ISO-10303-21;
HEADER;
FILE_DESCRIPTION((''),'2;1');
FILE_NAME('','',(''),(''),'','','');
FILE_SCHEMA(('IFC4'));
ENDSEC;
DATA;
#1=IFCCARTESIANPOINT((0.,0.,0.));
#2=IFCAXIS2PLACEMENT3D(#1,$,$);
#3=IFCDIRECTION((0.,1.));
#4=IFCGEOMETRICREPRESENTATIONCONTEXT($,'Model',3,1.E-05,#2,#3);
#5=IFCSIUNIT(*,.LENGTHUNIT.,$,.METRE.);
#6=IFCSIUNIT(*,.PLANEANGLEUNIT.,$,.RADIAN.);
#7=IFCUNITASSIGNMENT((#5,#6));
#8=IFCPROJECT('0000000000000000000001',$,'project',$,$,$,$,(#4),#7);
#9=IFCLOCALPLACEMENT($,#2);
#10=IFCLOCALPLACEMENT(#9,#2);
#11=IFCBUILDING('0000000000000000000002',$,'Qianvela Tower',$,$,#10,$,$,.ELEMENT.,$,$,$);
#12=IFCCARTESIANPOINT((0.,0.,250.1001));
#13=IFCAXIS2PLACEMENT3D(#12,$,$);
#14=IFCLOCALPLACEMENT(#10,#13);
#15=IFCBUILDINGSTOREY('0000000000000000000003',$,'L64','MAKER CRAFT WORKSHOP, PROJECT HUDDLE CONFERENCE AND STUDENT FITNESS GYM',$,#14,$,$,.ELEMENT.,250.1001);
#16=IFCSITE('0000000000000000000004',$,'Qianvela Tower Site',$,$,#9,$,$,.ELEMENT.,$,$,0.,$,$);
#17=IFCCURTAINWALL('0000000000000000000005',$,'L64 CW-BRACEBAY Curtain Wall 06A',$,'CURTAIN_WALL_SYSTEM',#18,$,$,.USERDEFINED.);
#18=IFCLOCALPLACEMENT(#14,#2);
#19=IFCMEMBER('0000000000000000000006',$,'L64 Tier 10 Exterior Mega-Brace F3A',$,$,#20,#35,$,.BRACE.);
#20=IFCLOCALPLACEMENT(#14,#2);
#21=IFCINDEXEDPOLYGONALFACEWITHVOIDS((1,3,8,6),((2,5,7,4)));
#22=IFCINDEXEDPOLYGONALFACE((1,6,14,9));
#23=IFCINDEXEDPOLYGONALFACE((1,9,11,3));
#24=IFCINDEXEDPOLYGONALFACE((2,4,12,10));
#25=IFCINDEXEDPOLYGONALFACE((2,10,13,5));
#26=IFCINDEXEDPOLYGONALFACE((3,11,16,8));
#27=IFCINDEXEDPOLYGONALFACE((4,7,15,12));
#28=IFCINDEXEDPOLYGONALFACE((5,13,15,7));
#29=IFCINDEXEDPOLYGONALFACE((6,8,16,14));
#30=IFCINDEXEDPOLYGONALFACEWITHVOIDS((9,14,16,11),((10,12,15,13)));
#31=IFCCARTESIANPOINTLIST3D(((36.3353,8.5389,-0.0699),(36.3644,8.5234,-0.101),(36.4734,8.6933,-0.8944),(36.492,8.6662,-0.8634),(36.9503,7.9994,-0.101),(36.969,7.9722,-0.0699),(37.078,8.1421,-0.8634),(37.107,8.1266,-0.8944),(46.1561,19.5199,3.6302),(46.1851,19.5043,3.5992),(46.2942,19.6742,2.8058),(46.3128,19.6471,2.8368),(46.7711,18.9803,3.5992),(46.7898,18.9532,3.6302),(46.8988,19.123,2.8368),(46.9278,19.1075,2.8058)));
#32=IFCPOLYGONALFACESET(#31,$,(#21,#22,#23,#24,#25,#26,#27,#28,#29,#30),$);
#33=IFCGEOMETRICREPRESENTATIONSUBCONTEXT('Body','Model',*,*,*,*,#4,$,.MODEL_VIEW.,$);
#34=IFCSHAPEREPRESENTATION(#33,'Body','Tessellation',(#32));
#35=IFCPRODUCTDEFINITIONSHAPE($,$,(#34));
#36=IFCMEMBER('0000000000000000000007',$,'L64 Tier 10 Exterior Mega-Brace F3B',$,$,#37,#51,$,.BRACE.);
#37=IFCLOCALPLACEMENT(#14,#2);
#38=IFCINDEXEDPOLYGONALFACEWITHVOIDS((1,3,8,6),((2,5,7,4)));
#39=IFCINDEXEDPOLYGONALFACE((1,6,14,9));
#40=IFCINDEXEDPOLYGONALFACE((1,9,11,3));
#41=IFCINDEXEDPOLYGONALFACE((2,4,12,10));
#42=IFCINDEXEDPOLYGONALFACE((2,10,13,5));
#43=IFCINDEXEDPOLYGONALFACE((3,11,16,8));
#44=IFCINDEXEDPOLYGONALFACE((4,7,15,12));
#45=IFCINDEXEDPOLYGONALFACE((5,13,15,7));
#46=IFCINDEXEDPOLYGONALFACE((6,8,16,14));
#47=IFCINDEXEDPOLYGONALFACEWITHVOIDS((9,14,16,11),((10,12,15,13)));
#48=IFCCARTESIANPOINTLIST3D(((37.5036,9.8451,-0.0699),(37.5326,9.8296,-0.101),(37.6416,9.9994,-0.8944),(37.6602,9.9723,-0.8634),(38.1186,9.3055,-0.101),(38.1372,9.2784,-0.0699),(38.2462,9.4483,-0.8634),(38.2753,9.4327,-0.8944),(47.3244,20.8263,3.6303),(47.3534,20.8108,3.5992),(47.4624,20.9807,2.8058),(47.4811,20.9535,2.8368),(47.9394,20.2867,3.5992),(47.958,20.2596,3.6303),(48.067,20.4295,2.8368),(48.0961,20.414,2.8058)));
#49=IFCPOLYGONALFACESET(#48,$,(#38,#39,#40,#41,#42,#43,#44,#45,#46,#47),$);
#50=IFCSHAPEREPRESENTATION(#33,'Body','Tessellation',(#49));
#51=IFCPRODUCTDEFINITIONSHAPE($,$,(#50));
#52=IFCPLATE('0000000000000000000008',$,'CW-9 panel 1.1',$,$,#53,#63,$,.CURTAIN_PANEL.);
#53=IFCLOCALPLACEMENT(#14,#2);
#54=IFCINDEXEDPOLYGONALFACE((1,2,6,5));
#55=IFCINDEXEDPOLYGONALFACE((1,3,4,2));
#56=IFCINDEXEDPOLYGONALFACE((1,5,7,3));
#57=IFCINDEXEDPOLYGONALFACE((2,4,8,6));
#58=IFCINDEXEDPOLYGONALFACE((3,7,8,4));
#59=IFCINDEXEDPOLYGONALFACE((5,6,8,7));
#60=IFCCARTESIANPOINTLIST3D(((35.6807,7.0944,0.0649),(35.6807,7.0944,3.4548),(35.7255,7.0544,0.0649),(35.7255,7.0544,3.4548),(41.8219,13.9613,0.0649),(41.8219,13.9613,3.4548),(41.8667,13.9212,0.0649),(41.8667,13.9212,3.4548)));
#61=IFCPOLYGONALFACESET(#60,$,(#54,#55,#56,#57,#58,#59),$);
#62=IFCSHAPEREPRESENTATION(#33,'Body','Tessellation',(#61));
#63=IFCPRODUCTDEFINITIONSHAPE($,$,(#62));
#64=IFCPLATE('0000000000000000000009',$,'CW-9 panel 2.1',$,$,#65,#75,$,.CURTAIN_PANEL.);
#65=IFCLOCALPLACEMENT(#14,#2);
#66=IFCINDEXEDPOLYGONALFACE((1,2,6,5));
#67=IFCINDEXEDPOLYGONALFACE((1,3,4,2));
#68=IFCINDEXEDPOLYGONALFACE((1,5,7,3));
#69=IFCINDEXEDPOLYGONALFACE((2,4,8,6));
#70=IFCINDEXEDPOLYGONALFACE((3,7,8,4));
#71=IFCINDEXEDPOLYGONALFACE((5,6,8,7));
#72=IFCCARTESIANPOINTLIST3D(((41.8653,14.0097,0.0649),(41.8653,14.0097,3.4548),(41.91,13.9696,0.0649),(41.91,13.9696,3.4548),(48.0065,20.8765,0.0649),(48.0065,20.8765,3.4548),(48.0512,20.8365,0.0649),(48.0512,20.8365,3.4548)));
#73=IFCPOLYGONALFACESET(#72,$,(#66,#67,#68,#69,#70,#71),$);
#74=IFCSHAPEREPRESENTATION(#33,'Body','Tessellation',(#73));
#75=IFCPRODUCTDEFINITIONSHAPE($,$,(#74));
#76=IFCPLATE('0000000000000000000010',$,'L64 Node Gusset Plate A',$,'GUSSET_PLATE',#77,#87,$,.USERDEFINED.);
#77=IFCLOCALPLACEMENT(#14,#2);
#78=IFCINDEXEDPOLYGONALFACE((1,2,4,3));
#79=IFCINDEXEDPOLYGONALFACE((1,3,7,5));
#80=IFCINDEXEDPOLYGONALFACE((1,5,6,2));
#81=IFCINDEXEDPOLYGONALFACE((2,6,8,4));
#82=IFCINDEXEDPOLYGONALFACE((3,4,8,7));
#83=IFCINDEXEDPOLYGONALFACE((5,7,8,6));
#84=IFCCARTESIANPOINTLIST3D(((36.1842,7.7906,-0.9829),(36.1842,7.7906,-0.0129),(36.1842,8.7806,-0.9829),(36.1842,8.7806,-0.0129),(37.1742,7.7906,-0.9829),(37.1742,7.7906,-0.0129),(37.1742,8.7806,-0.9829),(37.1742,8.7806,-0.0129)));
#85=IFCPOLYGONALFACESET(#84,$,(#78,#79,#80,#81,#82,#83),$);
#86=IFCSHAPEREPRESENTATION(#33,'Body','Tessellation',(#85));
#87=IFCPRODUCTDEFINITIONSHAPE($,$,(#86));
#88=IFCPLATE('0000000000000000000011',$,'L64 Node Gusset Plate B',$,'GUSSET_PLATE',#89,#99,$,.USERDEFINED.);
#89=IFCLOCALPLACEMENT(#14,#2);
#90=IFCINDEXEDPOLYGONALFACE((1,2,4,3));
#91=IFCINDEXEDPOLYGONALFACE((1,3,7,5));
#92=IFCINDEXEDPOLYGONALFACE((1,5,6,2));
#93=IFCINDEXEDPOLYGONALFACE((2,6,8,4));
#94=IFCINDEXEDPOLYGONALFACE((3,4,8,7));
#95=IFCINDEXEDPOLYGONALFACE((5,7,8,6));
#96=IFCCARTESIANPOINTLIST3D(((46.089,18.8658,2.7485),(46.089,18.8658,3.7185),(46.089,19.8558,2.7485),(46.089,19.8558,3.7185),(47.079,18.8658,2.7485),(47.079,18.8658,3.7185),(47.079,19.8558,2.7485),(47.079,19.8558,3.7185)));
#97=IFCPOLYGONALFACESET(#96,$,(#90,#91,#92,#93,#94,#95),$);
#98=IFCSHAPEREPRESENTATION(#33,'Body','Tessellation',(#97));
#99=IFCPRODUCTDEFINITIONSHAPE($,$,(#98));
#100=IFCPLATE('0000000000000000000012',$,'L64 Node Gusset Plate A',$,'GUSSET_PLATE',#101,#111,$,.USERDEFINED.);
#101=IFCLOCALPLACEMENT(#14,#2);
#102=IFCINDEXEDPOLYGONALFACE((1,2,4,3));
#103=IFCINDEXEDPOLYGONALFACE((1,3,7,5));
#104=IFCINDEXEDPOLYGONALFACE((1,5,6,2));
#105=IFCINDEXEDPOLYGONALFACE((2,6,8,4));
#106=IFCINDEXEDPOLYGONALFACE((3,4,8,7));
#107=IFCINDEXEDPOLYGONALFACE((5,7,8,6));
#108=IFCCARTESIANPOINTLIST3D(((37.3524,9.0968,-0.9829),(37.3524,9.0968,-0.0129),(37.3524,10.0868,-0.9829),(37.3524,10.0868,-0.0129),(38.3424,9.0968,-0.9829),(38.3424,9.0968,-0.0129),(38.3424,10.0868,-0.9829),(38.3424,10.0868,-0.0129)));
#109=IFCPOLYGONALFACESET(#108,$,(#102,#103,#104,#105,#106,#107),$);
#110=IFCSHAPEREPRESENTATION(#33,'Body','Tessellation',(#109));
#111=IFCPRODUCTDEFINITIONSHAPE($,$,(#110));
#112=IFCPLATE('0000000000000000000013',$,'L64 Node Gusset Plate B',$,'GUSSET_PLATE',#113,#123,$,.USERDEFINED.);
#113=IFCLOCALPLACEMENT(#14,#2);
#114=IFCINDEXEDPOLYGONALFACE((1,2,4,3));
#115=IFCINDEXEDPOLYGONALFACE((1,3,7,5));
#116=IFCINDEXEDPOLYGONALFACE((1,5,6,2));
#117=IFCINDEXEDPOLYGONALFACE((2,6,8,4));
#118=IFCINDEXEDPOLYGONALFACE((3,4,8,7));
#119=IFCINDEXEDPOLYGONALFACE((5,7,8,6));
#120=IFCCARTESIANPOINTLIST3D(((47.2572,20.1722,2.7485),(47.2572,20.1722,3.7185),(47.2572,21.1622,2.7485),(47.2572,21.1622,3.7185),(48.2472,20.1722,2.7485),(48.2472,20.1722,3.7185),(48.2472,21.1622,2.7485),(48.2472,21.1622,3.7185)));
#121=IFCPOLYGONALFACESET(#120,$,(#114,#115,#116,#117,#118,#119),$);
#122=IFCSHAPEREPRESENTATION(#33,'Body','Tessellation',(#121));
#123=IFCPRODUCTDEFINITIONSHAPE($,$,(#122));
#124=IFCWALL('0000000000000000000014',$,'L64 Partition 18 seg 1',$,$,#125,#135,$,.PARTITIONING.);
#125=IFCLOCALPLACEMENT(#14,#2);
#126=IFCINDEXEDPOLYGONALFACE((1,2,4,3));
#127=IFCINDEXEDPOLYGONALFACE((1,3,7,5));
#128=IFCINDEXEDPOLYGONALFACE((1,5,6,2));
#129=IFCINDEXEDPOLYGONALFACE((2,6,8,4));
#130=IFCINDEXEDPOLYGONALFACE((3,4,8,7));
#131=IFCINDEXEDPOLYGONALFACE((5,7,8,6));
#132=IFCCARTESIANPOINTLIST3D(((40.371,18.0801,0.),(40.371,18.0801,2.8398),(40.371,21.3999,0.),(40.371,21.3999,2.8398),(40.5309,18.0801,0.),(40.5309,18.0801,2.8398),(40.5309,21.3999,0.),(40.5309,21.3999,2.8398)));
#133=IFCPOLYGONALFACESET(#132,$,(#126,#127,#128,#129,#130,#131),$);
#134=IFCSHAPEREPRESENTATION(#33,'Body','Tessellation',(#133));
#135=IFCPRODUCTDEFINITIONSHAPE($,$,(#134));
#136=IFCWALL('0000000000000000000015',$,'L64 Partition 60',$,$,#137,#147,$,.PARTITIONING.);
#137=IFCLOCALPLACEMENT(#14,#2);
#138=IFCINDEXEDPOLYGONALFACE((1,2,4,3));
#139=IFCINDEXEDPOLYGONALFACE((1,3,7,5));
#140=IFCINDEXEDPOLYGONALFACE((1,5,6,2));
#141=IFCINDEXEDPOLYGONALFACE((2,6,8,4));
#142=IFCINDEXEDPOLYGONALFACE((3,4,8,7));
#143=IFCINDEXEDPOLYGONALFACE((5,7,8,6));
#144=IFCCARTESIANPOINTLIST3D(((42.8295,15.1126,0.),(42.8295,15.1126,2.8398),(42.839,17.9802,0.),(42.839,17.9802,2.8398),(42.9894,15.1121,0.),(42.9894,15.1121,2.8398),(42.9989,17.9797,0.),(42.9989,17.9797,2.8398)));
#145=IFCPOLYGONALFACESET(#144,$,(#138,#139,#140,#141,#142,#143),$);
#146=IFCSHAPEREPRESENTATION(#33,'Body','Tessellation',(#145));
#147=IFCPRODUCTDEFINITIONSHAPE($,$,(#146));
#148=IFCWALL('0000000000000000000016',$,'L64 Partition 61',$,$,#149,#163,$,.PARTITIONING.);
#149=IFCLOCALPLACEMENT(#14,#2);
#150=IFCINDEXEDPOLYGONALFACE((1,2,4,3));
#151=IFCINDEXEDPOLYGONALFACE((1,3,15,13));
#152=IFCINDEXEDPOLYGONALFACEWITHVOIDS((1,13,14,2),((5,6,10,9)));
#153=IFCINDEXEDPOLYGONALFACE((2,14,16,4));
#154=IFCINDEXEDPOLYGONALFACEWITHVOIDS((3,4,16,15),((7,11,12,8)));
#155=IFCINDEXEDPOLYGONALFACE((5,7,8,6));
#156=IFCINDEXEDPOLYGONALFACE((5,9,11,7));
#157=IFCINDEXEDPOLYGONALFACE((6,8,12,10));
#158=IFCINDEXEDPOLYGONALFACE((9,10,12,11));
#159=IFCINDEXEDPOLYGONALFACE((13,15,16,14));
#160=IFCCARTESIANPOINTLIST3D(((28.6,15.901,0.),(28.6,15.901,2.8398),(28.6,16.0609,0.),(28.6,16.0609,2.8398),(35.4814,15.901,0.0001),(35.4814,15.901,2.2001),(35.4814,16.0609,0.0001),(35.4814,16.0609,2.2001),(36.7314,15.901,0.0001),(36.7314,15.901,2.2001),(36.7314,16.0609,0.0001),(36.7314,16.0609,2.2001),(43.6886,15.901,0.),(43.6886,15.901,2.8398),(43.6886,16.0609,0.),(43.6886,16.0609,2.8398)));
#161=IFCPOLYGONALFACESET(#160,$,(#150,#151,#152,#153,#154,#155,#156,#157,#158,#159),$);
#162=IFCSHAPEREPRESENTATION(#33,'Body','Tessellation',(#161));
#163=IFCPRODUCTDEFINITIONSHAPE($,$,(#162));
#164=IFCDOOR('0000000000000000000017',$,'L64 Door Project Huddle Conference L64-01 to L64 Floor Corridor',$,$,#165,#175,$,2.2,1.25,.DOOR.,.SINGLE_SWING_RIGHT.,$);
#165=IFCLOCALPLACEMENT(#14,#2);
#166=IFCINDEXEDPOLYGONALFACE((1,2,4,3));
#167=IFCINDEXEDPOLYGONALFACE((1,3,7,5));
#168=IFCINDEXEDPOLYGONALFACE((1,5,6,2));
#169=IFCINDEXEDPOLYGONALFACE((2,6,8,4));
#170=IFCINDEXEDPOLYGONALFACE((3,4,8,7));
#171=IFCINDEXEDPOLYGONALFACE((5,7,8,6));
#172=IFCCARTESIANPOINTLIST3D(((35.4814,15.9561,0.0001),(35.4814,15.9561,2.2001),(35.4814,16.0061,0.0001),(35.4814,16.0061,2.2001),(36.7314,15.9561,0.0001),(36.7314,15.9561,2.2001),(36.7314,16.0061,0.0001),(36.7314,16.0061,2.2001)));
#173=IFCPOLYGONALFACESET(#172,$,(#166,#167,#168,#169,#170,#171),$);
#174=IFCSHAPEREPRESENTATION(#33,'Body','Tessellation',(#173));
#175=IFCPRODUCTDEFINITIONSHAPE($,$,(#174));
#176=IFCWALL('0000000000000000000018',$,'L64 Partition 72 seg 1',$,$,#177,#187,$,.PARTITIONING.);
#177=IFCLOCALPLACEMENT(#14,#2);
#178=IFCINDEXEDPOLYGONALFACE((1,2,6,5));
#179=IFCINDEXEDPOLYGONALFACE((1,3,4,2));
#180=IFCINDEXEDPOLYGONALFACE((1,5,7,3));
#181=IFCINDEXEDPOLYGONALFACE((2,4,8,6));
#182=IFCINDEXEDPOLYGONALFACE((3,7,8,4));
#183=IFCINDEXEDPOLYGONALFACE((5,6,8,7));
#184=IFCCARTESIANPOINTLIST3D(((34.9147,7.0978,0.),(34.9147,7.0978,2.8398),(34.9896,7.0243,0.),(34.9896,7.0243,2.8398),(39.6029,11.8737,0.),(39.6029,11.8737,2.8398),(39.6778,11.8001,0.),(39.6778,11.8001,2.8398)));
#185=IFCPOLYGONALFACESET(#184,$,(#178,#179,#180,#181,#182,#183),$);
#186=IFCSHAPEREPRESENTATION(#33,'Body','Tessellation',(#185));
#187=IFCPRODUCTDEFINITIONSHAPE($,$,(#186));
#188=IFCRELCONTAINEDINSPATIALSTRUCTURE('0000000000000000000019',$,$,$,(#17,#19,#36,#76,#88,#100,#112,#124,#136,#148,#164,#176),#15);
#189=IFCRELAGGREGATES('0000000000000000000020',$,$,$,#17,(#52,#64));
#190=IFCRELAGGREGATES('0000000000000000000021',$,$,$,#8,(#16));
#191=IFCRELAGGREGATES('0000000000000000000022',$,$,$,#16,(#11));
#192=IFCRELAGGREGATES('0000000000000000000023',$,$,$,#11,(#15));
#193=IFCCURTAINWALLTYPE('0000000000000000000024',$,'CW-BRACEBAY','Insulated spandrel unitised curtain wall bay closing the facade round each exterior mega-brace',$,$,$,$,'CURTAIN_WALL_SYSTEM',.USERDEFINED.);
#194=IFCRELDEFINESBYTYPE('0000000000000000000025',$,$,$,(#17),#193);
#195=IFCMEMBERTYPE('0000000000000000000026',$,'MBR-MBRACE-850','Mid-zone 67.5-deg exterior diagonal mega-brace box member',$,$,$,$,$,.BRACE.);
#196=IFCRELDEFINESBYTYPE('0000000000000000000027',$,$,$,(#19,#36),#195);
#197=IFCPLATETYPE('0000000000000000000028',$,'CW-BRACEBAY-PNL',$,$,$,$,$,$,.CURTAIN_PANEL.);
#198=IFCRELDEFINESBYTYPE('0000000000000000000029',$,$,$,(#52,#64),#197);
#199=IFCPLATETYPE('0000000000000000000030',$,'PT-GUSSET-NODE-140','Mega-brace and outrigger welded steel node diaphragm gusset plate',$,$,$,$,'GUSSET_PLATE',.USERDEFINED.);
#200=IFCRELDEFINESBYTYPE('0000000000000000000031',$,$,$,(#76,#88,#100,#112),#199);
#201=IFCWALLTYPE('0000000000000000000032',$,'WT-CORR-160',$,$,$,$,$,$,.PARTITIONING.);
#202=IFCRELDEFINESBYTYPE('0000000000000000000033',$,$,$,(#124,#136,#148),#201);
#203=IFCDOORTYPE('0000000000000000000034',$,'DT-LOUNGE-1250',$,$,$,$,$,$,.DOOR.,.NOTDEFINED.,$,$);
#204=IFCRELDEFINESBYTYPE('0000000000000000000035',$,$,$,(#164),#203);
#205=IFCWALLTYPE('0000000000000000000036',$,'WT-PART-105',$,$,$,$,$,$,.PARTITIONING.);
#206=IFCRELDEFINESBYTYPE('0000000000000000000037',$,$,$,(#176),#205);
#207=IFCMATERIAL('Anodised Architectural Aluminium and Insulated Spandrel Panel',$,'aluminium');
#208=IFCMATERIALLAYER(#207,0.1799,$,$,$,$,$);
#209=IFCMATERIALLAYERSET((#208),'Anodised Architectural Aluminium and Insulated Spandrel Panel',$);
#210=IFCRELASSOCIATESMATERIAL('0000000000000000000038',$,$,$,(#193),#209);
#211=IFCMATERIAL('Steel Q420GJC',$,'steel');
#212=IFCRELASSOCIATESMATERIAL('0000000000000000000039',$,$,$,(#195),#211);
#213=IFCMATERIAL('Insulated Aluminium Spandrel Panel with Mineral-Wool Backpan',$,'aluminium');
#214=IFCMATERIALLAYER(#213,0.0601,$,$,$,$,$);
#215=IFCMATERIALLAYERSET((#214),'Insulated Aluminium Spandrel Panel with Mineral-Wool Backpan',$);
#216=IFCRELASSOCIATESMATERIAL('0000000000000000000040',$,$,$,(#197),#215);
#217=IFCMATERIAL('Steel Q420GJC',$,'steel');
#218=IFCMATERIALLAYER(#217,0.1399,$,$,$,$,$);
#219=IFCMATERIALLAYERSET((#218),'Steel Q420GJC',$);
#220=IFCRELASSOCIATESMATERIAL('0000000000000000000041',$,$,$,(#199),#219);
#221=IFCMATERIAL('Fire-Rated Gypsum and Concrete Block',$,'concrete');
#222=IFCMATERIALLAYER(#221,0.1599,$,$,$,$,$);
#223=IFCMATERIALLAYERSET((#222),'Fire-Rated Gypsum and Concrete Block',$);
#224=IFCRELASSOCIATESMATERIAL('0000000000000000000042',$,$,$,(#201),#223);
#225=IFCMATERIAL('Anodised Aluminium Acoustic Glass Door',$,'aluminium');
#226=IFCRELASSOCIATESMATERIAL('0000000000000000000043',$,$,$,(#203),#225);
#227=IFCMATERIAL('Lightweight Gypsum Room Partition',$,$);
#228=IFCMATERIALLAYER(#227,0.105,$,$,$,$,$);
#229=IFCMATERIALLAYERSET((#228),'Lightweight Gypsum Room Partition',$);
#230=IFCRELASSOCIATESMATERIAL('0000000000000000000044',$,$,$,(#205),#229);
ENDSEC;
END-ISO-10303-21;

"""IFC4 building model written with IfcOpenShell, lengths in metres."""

from ifc_helpers import new_model, si_unit, direction, frame, frame_2d, origin, origin_2d, place, context, subcontext, project, spatial, rectangle, hollow_rectangle, extrude, material, layer, layer_set, material_profile, profile_set, type_object, element, fill, aggregate, save


model = new_model("IFC4")

# Units and contexts
model_context = context("Model", 3, precision=1e-05, world=origin(), true_north=direction((0.0, 1.0)))
body_context = subcontext(model_context, "Body", "Model", "MODEL_VIEW")
ifc_project = project(units=[si_unit("LENGTHUNIT", "METRE"), si_unit("PLANEANGLEUNIT", "RADIAN")], contexts=[model_context])

# Site, building, storey
site_placement = place(None, origin())
site = spatial("IfcSite", under=ifc_project, at=site_placement, Name="Qianvela Tower Site", CompositionType="ELEMENT", RefElevation=0.0)
building_placement = place(site_placement, origin())
building = spatial("IfcBuilding", under=site, at=building_placement, Name="Qianvela Tower", CompositionType="ELEMENT")
storey_placement = place(building_placement, frame((0.0, 0.0, 250.1001)))
storey = spatial("IfcBuildingStorey", under=building, at=storey_placement, Name="L64", Description="MAKER CRAFT WORKSHOP, PROJECT HUDDLE CONFERENCE AND STUDENT FITNESS GYM", CompositionType="ELEMENT", Elevation=250.1001)

# Curtain wall
ifc_material_1 = material(Name="Anodised Architectural Aluminium and Insulated Spandrel Panel", Category="aluminium")
ifc_layer_1 = layer(ifc_material_1, 0.1799)
ifc_layer_set_1 = layer_set([ifc_layer_1], Name="Anodised Architectural Aluminium and Insulated Spandrel Panel")
curtain_wall_type = type_object("IfcCurtainWallType", Name="CW-BRACEBAY", Description="Insulated spandrel unitised curtain wall bay closing the facade round each exterior mega-brace", ElementType="CURTAIN_WALL_SYSTEM", PredefinedType="USERDEFINED", material=ifc_layer_set_1)
curtain_wall_placement = place(storey_placement, origin())
curtain_wall = element("IfcCurtainWall", 1, at=curtain_wall_placement, inside=storey, type_object=curtain_wall_type, Name="L64 CW-BRACEBAY Curtain Wall 06A", ObjectType="CURTAIN_WALL_SYSTEM", PredefinedType="USERDEFINED")

# Members
ifc_material_2 = material(Name="Steel Q420GJC", Category="steel")
ifc_material_profile_1 = material_profile(ifc_material_2, hollow_rectangle(XDim=0.8501, YDim=0.8501, WallThickness=0.032, at=origin_2d()), Name="MBOX-850x850x32")
ifc_profile_set_1 = profile_set([ifc_material_profile_1], Name="Steel Q420GJC")
member_type_1 = type_object("IfcMemberType", Name="MBR-MBRACE-850", Description="Mid-zone 67.5-deg exterior diagonal mega-brace box member", PredefinedType="BRACE", material=ifc_profile_set_1)
member_1_placement = place(storey_placement, frame((36.7212, 8.3328, -0.4822), z_axis=(0.646552, 0.722931, 0.243602), x_axis=(-0.745385, 0.666634, 0.0)))
element("IfcMember", 2, at=member_1_placement, inside=storey, type_object=member_type_1, Name="L64 Tier 10 Exterior Mega-Brace F3A", PredefinedType="BRACE", context=body_context, shape_type="SweptSolid", body=[
    extrude(hollow_rectangle(XDim=0.8501, YDim=0.8501, WallThickness=0.032, at=origin_2d()), origin(), (0.0, 0.0, 1.0), 15.1895),
])
member_2_placement = place(storey_placement, frame((37.8894, 9.6389, -0.4822), z_axis=(0.646544, 0.722938, 0.243599), x_axis=(-0.745393, 0.666626, 0.0)))
element("IfcMember", 3, at=member_2_placement, inside=storey, type_object=member_type_1, Name="L64 Tier 10 Exterior Mega-Brace F3B", PredefinedType="BRACE", context=body_context, shape_type="SweptSolid", body=[
    extrude(hollow_rectangle(XDim=0.8501, YDim=0.8501, WallThickness=0.032, at=origin_2d()), origin(), (0.0, 0.0, 1.0), 15.1897),
])

# Plates
ifc_material_3 = material(Name="Insulated Aluminium Spandrel Panel with Mineral-Wool Backpan", Category="aluminium")
ifc_layer_2 = layer(ifc_material_3, 0.0601)
ifc_layer_set_2 = layer_set([ifc_layer_2], Name="Insulated Aluminium Spandrel Panel with Mineral-Wool Backpan")
plate_type_1 = type_object("IfcPlateType", Name="CW-BRACEBAY-PNL", PredefinedType="CURTAIN_PANEL", material=ifc_layer_set_2)
plate_1_placement = place(storey_placement, frame((38.7737, 10.5078, 0.0649), z_axis=(0.0, 0.0, 1.0), x_axis=(0.666624, 0.745394, 0.0)))
plate_1 = element("IfcPlate", 4, at=plate_1_placement, type_object=plate_type_1, Name="CW-9 panel 1.1", PredefinedType="CURTAIN_PANEL", context=body_context, shape_type="SweptSolid", body=[
    extrude(rectangle(XDim=9.2124, YDim=0.0601, at=origin_2d()), origin(), (0.0, 0.0, 1.0), 3.3899),
])
plate_2_placement = place(storey_placement, frame((44.9583, 17.4231, 0.0649), z_axis=(0.0, 0.0, 1.0), x_axis=(0.666624, 0.745394, 0.0)))
plate_2 = element("IfcPlate", 5, at=plate_2_placement, type_object=plate_type_1, Name="CW-9 panel 2.1", PredefinedType="CURTAIN_PANEL", context=body_context, shape_type="SweptSolid", body=[
    extrude(rectangle(XDim=9.2124, YDim=0.0601, at=origin_2d()), origin(), (0.0, 0.0, 1.0), 3.3899),
])
aggregate(curtain_wall, [plate_1, plate_2])

# Plates
ifc_material_4 = material(Name="Steel Q420GJC", Category="steel")
ifc_layer_3 = layer(ifc_material_4, 0.1399)
ifc_layer_set_3 = layer_set([ifc_layer_3], Name="Steel Q420GJC")
plate_type_2 = type_object("IfcPlateType", Name="PT-GUSSET-NODE-140", Description="Mega-brace and outrigger welded steel node diaphragm gusset plate", ElementType="GUSSET_PLATE", PredefinedType="USERDEFINED", material=ifc_layer_set_3)
for number, where, z_axis, x_axis, name in (
    (6, (36.6792, 8.2856, -0.9829), (0.0, 0.0, 1.0), (1.0, 0.0, 0.0), "L64 Node Gusset Plate A"),
    (7, (46.584, 19.3608, 2.7485), (0.0, 0.0, 1.0), (1.0, 0.0, 0.0), "L64 Node Gusset Plate B"),
    (8, (37.8474, 9.5918, -0.9829), (0.0, 0.0, 1.0), (1.0, 0.0, 0.0), "L64 Node Gusset Plate A"),
    (9, (47.7522, 20.6672, 2.7485), (0.0, 0.0, 1.0), (1.0, 0.0, 0.0), "L64 Node Gusset Plate B"),
):
    element("IfcPlate", number, at=place(storey_placement, frame(where, z_axis=z_axis, x_axis=x_axis)), inside=storey, type_object=plate_type_2, Name=name, ObjectType="GUSSET_PLATE", PredefinedType="USERDEFINED", context=body_context, shape_type="SweptSolid", body=[
        extrude(rectangle(XDim=0.99, YDim=0.99, at=origin_2d()), origin(), (0.0, 0.0, 1.0), 0.97),
    ])

# Shared definitions
ifc_material_5 = material(Name="Fire-Rated Gypsum and Concrete Block", Category="concrete")
ifc_layer_4 = layer(ifc_material_5, 0.1599)
ifc_layer_set_4 = layer_set([ifc_layer_4], Name="Fire-Rated Gypsum and Concrete Block")
wall_type_1 = type_object("IfcWallType", Name="WT-CORR-160", PredefinedType="PARTITIONING", material=ifc_layer_set_4)

# Walls
wall_1_placement = place(storey_placement, frame((40.4509, 18.0801, 0.0), z_axis=(0.0, 0.0, 1.0), x_axis=(0.0, 1.0, 0.0)))
element("IfcWall", 10, at=wall_1_placement, inside=storey, type_object=wall_type_1, Name="L64 Partition 18 seg 1", PredefinedType="PARTITIONING", context=body_context, shape_type="SweptSolid", body=[
    extrude(rectangle(XDim=3.3198, YDim=0.1599, at=frame_2d((1.6599, 0.0))), origin(), (0.0, 0.0, 1.0), 2.8398),
])
wall_2_placement = place(storey_placement, frame((42.9189, 17.98, 0.0), z_axis=(0.0, 0.0, 1.0), x_axis=(-0.00332, -0.999994, 0.0)))
element("IfcWall", 11, at=wall_2_placement, inside=storey, type_object=wall_type_1, Name="L64 Partition 60", PredefinedType="PARTITIONING", context=body_context, shape_type="SweptSolid", body=[
    extrude(rectangle(XDim=2.8677, YDim=0.1599, at=frame_2d((1.4338, 0.0))), origin(), (0.0, 0.0, 1.0), 2.8398),
])

# Wall, opening, door
wall_3_placement = place(storey_placement, frame((43.6887, 15.981, 0.0), z_axis=(0.0, 0.0, 1.0), x_axis=(-1.0, 0.0, 0.0)))
wall_3 = element("IfcWall", 12, at=wall_3_placement, inside=storey, type_object=wall_type_1, Name="L64 Partition 61", PredefinedType="PARTITIONING", context=body_context, shape_type="SweptSolid", body=[
    extrude(rectangle(XDim=15.0886, YDim=0.1599, at=frame_2d((7.5444, 0.0))), origin(), (0.0, 0.0, 1.0), 2.8398),
])
opening_1_placement = place(wall_3_placement, frame((6.9573, 0.0, 0.0)))
opening_1 = element("IfcOpeningElement", 13, at=opening_1_placement, cuts=wall_3, PredefinedType="OPENING", context=body_context, shape_type="SweptSolid", body=[
    extrude(rectangle(XDim=1.25, YDim=2.2, at=frame_2d((0.625, 1.1001))), frame((0.0, 0.0898, 0.0), z_axis=(0.0, -1.0, 0.0), x_axis=(1.0, 0.0, 0.0)), (0.0, 0.0, 1.0), 0.1799),
])
ifc_material_6 = material(Name="Anodised Aluminium Acoustic Glass Door", Category="aluminium")
door_type_1 = type_object("IfcDoorType", Name="DT-LOUNGE-1250", OperationType="NOTDEFINED", PredefinedType="DOOR", material=ifc_material_6)
door_1_placement = place(opening_1_placement, origin())
door_1 = element("IfcDoor", 14, at=door_1_placement, inside=storey, type_object=door_type_1, Name="L64 Door Project Huddle Conference L64-01 to L64 Floor Corridor", OperationType="SINGLE_SWING_RIGHT", OverallHeight=2.2, OverallWidth=1.25, PredefinedType="DOOR", context=body_context, shape_type="SweptSolid", body=[
    extrude(rectangle(XDim=1.25, YDim=2.2, at=frame_2d((0.625, 1.1001))), frame((0.0, 0.0249, 0.0), z_axis=(0.0, -1.0, 0.0), x_axis=(1.0, 0.0, 0.0)), (0.0, 0.0, 1.0), 0.05),
])
fill(opening_1, door_1)

# Wall
ifc_material_7 = material(Name="Lightweight Gypsum Room Partition")
ifc_layer_5 = layer(ifc_material_7, 0.105)
ifc_layer_set_5 = layer_set([ifc_layer_5], Name="Lightweight Gypsum Room Partition")
wall_type_2 = type_object("IfcWallType", Name="WT-PART-105", PredefinedType="PARTITIONING", material=ifc_layer_set_5)
wall_4_placement = place(storey_placement, frame((39.6404, 11.8369, 0.0), z_axis=(0.0, 0.0, 1.0), x_axis=(-0.700528, -0.713625, 0.0)))
element("IfcWall", 15, at=wall_4_placement, inside=storey, type_object=wall_type_2, Name="L64 Partition 72 seg 1", PredefinedType="PARTITIONING", context=body_context, shape_type="SweptSolid", body=[
    extrude(rectangle(XDim=6.6924, YDim=0.105, at=frame_2d((3.3462, 0.0))), origin(), (0.0, 0.0, 1.0), 2.8398),
])

save(model, "model.ifc")
